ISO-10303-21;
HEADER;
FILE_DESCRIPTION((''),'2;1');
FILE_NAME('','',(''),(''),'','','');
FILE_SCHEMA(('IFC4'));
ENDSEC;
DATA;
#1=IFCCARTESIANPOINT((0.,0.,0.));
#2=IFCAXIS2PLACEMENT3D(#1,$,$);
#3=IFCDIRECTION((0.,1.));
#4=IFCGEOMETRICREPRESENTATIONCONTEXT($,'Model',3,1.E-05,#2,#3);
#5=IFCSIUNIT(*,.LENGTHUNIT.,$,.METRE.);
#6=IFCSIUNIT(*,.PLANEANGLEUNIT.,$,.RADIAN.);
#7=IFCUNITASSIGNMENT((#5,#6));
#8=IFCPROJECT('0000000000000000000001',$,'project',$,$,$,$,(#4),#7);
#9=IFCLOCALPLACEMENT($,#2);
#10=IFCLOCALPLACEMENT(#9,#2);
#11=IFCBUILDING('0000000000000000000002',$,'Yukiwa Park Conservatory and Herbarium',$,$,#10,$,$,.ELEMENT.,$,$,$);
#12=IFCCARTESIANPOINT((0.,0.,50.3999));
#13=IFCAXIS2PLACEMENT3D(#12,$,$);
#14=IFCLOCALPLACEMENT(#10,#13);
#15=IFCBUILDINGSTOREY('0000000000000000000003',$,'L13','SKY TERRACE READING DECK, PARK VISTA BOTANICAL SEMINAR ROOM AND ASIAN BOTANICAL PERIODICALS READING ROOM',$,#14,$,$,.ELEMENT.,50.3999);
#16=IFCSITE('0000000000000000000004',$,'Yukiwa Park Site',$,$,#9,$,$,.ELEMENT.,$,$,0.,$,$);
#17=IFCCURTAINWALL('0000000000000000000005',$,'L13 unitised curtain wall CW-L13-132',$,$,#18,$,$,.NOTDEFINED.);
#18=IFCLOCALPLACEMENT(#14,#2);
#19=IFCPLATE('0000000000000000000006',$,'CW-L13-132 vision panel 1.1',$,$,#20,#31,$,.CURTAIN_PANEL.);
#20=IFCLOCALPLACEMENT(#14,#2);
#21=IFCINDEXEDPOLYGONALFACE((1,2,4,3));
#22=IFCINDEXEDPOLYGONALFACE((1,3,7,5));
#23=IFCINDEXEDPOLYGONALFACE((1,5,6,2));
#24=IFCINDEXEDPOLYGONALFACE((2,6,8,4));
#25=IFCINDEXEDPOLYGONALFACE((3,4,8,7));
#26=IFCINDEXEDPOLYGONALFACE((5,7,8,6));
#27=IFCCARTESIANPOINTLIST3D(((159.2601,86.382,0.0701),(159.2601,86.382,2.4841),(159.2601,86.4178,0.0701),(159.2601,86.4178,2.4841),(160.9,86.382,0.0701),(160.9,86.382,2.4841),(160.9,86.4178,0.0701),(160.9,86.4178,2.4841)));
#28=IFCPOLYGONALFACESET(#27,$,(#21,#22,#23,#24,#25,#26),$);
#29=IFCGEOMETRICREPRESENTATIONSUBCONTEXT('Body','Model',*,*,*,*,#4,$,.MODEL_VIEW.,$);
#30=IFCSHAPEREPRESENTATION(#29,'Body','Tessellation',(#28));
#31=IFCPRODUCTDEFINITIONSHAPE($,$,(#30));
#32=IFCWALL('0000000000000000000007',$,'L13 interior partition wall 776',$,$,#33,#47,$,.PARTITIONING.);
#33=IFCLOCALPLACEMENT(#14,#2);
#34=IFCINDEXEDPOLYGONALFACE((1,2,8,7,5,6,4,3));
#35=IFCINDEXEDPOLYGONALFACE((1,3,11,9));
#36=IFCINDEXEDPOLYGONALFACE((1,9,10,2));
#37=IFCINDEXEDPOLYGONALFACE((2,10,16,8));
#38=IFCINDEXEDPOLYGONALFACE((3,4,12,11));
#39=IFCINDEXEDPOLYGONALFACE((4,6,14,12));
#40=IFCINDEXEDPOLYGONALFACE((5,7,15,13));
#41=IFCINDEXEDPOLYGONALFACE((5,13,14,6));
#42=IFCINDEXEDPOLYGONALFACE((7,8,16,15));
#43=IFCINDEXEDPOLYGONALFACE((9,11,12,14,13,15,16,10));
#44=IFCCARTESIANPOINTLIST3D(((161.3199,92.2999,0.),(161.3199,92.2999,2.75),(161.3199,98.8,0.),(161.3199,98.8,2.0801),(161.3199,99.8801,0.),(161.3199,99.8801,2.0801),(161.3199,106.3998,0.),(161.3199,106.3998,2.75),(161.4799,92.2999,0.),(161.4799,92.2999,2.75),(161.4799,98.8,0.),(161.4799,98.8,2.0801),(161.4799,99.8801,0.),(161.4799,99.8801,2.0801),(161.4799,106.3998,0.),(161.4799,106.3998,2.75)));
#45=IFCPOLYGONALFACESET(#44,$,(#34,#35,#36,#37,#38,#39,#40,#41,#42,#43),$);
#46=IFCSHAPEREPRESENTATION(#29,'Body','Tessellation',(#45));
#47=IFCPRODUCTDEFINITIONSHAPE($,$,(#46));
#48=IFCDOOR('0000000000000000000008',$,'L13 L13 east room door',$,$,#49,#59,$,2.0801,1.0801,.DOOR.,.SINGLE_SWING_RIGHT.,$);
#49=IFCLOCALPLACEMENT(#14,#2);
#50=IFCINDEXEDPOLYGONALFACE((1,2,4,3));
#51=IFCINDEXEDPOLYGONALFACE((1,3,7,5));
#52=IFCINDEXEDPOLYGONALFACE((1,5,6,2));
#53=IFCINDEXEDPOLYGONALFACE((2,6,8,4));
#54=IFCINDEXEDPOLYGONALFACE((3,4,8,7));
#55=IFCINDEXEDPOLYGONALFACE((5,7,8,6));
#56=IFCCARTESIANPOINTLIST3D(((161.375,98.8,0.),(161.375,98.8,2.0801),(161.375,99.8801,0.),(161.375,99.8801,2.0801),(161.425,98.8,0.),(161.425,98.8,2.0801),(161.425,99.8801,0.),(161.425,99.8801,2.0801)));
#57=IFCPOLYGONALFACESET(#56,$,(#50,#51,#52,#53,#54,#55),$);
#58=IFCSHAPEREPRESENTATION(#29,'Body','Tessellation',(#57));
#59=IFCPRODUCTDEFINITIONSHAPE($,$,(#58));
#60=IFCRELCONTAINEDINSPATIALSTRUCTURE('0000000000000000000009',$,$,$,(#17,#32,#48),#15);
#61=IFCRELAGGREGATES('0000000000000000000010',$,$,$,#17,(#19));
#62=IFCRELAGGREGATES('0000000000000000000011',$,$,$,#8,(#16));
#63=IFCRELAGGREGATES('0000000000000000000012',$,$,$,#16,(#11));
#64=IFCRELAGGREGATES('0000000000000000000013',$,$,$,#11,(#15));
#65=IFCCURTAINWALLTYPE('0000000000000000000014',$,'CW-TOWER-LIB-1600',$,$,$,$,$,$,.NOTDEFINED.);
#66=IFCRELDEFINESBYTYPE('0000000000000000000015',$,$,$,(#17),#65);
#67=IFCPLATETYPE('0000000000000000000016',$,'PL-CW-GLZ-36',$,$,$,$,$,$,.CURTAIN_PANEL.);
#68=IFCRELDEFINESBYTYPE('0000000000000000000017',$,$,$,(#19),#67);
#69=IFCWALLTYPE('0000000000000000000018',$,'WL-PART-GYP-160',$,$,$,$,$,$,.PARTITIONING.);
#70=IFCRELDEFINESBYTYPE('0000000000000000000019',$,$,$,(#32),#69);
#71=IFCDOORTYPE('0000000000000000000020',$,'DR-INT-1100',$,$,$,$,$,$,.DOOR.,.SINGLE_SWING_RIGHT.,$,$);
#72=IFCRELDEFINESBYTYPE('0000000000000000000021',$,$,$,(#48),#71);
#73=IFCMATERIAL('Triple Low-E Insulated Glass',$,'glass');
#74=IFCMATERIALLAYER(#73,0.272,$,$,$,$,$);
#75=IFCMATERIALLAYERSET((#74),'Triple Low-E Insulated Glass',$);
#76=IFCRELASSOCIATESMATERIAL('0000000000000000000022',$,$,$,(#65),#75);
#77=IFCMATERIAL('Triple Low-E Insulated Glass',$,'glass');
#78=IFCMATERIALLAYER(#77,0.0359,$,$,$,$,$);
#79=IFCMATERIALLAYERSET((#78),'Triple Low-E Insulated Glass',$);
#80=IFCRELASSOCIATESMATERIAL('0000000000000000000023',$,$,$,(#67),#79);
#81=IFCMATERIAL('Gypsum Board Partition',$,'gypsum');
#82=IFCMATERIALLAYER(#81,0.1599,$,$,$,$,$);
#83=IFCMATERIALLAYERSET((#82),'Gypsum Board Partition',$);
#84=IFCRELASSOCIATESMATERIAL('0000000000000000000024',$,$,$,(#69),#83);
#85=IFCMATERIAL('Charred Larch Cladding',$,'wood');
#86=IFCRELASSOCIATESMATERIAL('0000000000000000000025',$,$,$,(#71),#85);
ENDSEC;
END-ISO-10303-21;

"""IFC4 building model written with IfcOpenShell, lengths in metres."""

from ifc_helpers import new_model, si_unit, direction, frame, frame_2d, origin, origin_2d, place, context, subcontext, project, spatial, rectangle, extrude, material, layer, layer_set, type_object, element, fill, aggregate, save


model = new_model("IFC4")

# Units and contexts
model_context = context("Model", 3, precision=1e-05, world=origin(), true_north=direction((0.0, 1.0)))
body_context = subcontext(model_context, "Body", "Model", "MODEL_VIEW")
ifc_project = project(units=[si_unit("LENGTHUNIT", "METRE"), si_unit("PLANEANGLEUNIT", "RADIAN")], contexts=[model_context])

# Site, building, storey
site_placement = place(None, origin())
site = spatial("IfcSite", under=ifc_project, at=site_placement, Name="Yukiwa Park Site", CompositionType="ELEMENT", RefElevation=0.0)
building_placement = place(site_placement, origin())
building = spatial("IfcBuilding", under=site, at=building_placement, Name="Yukiwa Park Conservatory and Herbarium", CompositionType="ELEMENT")
storey_placement = place(building_placement, frame((0.0, 0.0, 50.3999)))
storey = spatial("IfcBuildingStorey", under=building, at=storey_placement, Name="L13", Description="SKY TERRACE READING DECK, PARK VISTA BOTANICAL SEMINAR ROOM AND ASIAN BOTANICAL PERIODICALS READING ROOM", CompositionType="ELEMENT", Elevation=50.3999)

# Curtain wall
ifc_material_1 = material(Name="Triple Low-E Insulated Glass", Category="glass")
ifc_layer_1 = layer(ifc_material_1, 0.272)
ifc_layer_set_1 = layer_set([ifc_layer_1], Name="Triple Low-E Insulated Glass")
curtain_wall_type = type_object("IfcCurtainWallType", Name="CW-TOWER-LIB-1600", PredefinedType="NOTDEFINED", material=ifc_layer_set_1)
curtain_wall_1_placement = place(storey_placement, origin())
curtain_wall_1 = element("IfcCurtainWall", 1, at=curtain_wall_1_placement, inside=storey, type_object=curtain_wall_type, Name="L13 unitised curtain wall CW-L13-132", PredefinedType="NOTDEFINED")

# Plate
ifc_material_2 = material(Name="Triple Low-E Insulated Glass", Category="glass")
ifc_layer_2 = layer(ifc_material_2, 0.0359)
ifc_layer_set_2 = layer_set([ifc_layer_2], Name="Triple Low-E Insulated Glass")
plate_type = type_object("IfcPlateType", Name="PL-CW-GLZ-36", PredefinedType="CURTAIN_PANEL", material=ifc_layer_set_2)
plate_1_placement = place(storey_placement, frame((160.0801, 86.3999, 0.0701), z_axis=(0.0, 0.0, 1.0), x_axis=(1.0, 0.0, 0.0)))
plate_1 = element("IfcPlate", 2, at=plate_1_placement, type_object=plate_type, Name="CW-L13-132 vision panel 1.1", PredefinedType="CURTAIN_PANEL", context=body_context, shape_type="SweptSolid", body=[
    extrude(rectangle(XDim=1.6399, YDim=0.0359, at=origin_2d()), origin(), (0.0, 0.0, 1.0), 2.4141),
])
aggregate(curtain_wall_1, [plate_1])

# Wall, opening, door
ifc_material_3 = material(Name="Gypsum Board Partition", Category="gypsum")
ifc_layer_3 = layer(ifc_material_3, 0.1599)
ifc_layer_set_3 = layer_set([ifc_layer_3], Name="Gypsum Board Partition")
wall_type = type_object("IfcWallType", Name="WL-PART-GYP-160", PredefinedType="PARTITIONING", material=ifc_layer_set_3)
wall_placement = place(storey_placement, frame((161.3999, 92.3, 0.0), z_axis=(0.0, 0.0, 1.0), x_axis=(0.0, 1.0, 0.0)))
wall = element("IfcWall", 3, at=wall_placement, inside=storey, type_object=wall_type, Name="L13 interior partition wall 776", PredefinedType="PARTITIONING", context=body_context, shape_type="SweptSolid", body=[
    extrude(rectangle(XDim=14.0999, YDim=0.1599, at=frame_2d((7.0498, 0.0))), origin(), (0.0, 0.0, 1.0), 2.75),
])
opening_placement = place(wall_placement, frame((6.5, 0.0, 0.0)))
opening = element("IfcOpeningElement", 4, at=opening_placement, cuts=wall, PredefinedType="OPENING", context=body_context, shape_type="SweptSolid", body=[
    extrude(rectangle(XDim=1.0801, YDim=2.0801, at=frame_2d((0.54, 1.04))), frame((0.0, 0.0898, 0.0), z_axis=(0.0, -1.0, 0.0), x_axis=(1.0, 0.0, 0.0)), (0.0, 0.0, 1.0), 0.1799),
])
ifc_material_4 = material(Name="Charred Larch Cladding", Category="wood")
door_type = type_object("IfcDoorType", Name="DR-INT-1100", OperationType="SINGLE_SWING_RIGHT", PredefinedType="DOOR", material=ifc_material_4)
door_placement = place(opening_placement, origin())
door = element("IfcDoor", 5, at=door_placement, inside=storey, type_object=door_type, Name="L13 L13 east room door", OperationType="SINGLE_SWING_RIGHT", OverallHeight=2.0801, OverallWidth=1.0801, PredefinedType="DOOR", context=body_context, shape_type="SweptSolid", body=[
    extrude(rectangle(XDim=1.0801, YDim=2.0801, at=frame_2d((0.54, 1.04))), frame((0.0, 0.0249, 0.0), z_axis=(0.0, -1.0, 0.0), x_axis=(1.0, 0.0, 0.0)), (0.0, 0.0, 1.0), 0.05),
])
fill(opening, door)

save(model, "model.ifc")
